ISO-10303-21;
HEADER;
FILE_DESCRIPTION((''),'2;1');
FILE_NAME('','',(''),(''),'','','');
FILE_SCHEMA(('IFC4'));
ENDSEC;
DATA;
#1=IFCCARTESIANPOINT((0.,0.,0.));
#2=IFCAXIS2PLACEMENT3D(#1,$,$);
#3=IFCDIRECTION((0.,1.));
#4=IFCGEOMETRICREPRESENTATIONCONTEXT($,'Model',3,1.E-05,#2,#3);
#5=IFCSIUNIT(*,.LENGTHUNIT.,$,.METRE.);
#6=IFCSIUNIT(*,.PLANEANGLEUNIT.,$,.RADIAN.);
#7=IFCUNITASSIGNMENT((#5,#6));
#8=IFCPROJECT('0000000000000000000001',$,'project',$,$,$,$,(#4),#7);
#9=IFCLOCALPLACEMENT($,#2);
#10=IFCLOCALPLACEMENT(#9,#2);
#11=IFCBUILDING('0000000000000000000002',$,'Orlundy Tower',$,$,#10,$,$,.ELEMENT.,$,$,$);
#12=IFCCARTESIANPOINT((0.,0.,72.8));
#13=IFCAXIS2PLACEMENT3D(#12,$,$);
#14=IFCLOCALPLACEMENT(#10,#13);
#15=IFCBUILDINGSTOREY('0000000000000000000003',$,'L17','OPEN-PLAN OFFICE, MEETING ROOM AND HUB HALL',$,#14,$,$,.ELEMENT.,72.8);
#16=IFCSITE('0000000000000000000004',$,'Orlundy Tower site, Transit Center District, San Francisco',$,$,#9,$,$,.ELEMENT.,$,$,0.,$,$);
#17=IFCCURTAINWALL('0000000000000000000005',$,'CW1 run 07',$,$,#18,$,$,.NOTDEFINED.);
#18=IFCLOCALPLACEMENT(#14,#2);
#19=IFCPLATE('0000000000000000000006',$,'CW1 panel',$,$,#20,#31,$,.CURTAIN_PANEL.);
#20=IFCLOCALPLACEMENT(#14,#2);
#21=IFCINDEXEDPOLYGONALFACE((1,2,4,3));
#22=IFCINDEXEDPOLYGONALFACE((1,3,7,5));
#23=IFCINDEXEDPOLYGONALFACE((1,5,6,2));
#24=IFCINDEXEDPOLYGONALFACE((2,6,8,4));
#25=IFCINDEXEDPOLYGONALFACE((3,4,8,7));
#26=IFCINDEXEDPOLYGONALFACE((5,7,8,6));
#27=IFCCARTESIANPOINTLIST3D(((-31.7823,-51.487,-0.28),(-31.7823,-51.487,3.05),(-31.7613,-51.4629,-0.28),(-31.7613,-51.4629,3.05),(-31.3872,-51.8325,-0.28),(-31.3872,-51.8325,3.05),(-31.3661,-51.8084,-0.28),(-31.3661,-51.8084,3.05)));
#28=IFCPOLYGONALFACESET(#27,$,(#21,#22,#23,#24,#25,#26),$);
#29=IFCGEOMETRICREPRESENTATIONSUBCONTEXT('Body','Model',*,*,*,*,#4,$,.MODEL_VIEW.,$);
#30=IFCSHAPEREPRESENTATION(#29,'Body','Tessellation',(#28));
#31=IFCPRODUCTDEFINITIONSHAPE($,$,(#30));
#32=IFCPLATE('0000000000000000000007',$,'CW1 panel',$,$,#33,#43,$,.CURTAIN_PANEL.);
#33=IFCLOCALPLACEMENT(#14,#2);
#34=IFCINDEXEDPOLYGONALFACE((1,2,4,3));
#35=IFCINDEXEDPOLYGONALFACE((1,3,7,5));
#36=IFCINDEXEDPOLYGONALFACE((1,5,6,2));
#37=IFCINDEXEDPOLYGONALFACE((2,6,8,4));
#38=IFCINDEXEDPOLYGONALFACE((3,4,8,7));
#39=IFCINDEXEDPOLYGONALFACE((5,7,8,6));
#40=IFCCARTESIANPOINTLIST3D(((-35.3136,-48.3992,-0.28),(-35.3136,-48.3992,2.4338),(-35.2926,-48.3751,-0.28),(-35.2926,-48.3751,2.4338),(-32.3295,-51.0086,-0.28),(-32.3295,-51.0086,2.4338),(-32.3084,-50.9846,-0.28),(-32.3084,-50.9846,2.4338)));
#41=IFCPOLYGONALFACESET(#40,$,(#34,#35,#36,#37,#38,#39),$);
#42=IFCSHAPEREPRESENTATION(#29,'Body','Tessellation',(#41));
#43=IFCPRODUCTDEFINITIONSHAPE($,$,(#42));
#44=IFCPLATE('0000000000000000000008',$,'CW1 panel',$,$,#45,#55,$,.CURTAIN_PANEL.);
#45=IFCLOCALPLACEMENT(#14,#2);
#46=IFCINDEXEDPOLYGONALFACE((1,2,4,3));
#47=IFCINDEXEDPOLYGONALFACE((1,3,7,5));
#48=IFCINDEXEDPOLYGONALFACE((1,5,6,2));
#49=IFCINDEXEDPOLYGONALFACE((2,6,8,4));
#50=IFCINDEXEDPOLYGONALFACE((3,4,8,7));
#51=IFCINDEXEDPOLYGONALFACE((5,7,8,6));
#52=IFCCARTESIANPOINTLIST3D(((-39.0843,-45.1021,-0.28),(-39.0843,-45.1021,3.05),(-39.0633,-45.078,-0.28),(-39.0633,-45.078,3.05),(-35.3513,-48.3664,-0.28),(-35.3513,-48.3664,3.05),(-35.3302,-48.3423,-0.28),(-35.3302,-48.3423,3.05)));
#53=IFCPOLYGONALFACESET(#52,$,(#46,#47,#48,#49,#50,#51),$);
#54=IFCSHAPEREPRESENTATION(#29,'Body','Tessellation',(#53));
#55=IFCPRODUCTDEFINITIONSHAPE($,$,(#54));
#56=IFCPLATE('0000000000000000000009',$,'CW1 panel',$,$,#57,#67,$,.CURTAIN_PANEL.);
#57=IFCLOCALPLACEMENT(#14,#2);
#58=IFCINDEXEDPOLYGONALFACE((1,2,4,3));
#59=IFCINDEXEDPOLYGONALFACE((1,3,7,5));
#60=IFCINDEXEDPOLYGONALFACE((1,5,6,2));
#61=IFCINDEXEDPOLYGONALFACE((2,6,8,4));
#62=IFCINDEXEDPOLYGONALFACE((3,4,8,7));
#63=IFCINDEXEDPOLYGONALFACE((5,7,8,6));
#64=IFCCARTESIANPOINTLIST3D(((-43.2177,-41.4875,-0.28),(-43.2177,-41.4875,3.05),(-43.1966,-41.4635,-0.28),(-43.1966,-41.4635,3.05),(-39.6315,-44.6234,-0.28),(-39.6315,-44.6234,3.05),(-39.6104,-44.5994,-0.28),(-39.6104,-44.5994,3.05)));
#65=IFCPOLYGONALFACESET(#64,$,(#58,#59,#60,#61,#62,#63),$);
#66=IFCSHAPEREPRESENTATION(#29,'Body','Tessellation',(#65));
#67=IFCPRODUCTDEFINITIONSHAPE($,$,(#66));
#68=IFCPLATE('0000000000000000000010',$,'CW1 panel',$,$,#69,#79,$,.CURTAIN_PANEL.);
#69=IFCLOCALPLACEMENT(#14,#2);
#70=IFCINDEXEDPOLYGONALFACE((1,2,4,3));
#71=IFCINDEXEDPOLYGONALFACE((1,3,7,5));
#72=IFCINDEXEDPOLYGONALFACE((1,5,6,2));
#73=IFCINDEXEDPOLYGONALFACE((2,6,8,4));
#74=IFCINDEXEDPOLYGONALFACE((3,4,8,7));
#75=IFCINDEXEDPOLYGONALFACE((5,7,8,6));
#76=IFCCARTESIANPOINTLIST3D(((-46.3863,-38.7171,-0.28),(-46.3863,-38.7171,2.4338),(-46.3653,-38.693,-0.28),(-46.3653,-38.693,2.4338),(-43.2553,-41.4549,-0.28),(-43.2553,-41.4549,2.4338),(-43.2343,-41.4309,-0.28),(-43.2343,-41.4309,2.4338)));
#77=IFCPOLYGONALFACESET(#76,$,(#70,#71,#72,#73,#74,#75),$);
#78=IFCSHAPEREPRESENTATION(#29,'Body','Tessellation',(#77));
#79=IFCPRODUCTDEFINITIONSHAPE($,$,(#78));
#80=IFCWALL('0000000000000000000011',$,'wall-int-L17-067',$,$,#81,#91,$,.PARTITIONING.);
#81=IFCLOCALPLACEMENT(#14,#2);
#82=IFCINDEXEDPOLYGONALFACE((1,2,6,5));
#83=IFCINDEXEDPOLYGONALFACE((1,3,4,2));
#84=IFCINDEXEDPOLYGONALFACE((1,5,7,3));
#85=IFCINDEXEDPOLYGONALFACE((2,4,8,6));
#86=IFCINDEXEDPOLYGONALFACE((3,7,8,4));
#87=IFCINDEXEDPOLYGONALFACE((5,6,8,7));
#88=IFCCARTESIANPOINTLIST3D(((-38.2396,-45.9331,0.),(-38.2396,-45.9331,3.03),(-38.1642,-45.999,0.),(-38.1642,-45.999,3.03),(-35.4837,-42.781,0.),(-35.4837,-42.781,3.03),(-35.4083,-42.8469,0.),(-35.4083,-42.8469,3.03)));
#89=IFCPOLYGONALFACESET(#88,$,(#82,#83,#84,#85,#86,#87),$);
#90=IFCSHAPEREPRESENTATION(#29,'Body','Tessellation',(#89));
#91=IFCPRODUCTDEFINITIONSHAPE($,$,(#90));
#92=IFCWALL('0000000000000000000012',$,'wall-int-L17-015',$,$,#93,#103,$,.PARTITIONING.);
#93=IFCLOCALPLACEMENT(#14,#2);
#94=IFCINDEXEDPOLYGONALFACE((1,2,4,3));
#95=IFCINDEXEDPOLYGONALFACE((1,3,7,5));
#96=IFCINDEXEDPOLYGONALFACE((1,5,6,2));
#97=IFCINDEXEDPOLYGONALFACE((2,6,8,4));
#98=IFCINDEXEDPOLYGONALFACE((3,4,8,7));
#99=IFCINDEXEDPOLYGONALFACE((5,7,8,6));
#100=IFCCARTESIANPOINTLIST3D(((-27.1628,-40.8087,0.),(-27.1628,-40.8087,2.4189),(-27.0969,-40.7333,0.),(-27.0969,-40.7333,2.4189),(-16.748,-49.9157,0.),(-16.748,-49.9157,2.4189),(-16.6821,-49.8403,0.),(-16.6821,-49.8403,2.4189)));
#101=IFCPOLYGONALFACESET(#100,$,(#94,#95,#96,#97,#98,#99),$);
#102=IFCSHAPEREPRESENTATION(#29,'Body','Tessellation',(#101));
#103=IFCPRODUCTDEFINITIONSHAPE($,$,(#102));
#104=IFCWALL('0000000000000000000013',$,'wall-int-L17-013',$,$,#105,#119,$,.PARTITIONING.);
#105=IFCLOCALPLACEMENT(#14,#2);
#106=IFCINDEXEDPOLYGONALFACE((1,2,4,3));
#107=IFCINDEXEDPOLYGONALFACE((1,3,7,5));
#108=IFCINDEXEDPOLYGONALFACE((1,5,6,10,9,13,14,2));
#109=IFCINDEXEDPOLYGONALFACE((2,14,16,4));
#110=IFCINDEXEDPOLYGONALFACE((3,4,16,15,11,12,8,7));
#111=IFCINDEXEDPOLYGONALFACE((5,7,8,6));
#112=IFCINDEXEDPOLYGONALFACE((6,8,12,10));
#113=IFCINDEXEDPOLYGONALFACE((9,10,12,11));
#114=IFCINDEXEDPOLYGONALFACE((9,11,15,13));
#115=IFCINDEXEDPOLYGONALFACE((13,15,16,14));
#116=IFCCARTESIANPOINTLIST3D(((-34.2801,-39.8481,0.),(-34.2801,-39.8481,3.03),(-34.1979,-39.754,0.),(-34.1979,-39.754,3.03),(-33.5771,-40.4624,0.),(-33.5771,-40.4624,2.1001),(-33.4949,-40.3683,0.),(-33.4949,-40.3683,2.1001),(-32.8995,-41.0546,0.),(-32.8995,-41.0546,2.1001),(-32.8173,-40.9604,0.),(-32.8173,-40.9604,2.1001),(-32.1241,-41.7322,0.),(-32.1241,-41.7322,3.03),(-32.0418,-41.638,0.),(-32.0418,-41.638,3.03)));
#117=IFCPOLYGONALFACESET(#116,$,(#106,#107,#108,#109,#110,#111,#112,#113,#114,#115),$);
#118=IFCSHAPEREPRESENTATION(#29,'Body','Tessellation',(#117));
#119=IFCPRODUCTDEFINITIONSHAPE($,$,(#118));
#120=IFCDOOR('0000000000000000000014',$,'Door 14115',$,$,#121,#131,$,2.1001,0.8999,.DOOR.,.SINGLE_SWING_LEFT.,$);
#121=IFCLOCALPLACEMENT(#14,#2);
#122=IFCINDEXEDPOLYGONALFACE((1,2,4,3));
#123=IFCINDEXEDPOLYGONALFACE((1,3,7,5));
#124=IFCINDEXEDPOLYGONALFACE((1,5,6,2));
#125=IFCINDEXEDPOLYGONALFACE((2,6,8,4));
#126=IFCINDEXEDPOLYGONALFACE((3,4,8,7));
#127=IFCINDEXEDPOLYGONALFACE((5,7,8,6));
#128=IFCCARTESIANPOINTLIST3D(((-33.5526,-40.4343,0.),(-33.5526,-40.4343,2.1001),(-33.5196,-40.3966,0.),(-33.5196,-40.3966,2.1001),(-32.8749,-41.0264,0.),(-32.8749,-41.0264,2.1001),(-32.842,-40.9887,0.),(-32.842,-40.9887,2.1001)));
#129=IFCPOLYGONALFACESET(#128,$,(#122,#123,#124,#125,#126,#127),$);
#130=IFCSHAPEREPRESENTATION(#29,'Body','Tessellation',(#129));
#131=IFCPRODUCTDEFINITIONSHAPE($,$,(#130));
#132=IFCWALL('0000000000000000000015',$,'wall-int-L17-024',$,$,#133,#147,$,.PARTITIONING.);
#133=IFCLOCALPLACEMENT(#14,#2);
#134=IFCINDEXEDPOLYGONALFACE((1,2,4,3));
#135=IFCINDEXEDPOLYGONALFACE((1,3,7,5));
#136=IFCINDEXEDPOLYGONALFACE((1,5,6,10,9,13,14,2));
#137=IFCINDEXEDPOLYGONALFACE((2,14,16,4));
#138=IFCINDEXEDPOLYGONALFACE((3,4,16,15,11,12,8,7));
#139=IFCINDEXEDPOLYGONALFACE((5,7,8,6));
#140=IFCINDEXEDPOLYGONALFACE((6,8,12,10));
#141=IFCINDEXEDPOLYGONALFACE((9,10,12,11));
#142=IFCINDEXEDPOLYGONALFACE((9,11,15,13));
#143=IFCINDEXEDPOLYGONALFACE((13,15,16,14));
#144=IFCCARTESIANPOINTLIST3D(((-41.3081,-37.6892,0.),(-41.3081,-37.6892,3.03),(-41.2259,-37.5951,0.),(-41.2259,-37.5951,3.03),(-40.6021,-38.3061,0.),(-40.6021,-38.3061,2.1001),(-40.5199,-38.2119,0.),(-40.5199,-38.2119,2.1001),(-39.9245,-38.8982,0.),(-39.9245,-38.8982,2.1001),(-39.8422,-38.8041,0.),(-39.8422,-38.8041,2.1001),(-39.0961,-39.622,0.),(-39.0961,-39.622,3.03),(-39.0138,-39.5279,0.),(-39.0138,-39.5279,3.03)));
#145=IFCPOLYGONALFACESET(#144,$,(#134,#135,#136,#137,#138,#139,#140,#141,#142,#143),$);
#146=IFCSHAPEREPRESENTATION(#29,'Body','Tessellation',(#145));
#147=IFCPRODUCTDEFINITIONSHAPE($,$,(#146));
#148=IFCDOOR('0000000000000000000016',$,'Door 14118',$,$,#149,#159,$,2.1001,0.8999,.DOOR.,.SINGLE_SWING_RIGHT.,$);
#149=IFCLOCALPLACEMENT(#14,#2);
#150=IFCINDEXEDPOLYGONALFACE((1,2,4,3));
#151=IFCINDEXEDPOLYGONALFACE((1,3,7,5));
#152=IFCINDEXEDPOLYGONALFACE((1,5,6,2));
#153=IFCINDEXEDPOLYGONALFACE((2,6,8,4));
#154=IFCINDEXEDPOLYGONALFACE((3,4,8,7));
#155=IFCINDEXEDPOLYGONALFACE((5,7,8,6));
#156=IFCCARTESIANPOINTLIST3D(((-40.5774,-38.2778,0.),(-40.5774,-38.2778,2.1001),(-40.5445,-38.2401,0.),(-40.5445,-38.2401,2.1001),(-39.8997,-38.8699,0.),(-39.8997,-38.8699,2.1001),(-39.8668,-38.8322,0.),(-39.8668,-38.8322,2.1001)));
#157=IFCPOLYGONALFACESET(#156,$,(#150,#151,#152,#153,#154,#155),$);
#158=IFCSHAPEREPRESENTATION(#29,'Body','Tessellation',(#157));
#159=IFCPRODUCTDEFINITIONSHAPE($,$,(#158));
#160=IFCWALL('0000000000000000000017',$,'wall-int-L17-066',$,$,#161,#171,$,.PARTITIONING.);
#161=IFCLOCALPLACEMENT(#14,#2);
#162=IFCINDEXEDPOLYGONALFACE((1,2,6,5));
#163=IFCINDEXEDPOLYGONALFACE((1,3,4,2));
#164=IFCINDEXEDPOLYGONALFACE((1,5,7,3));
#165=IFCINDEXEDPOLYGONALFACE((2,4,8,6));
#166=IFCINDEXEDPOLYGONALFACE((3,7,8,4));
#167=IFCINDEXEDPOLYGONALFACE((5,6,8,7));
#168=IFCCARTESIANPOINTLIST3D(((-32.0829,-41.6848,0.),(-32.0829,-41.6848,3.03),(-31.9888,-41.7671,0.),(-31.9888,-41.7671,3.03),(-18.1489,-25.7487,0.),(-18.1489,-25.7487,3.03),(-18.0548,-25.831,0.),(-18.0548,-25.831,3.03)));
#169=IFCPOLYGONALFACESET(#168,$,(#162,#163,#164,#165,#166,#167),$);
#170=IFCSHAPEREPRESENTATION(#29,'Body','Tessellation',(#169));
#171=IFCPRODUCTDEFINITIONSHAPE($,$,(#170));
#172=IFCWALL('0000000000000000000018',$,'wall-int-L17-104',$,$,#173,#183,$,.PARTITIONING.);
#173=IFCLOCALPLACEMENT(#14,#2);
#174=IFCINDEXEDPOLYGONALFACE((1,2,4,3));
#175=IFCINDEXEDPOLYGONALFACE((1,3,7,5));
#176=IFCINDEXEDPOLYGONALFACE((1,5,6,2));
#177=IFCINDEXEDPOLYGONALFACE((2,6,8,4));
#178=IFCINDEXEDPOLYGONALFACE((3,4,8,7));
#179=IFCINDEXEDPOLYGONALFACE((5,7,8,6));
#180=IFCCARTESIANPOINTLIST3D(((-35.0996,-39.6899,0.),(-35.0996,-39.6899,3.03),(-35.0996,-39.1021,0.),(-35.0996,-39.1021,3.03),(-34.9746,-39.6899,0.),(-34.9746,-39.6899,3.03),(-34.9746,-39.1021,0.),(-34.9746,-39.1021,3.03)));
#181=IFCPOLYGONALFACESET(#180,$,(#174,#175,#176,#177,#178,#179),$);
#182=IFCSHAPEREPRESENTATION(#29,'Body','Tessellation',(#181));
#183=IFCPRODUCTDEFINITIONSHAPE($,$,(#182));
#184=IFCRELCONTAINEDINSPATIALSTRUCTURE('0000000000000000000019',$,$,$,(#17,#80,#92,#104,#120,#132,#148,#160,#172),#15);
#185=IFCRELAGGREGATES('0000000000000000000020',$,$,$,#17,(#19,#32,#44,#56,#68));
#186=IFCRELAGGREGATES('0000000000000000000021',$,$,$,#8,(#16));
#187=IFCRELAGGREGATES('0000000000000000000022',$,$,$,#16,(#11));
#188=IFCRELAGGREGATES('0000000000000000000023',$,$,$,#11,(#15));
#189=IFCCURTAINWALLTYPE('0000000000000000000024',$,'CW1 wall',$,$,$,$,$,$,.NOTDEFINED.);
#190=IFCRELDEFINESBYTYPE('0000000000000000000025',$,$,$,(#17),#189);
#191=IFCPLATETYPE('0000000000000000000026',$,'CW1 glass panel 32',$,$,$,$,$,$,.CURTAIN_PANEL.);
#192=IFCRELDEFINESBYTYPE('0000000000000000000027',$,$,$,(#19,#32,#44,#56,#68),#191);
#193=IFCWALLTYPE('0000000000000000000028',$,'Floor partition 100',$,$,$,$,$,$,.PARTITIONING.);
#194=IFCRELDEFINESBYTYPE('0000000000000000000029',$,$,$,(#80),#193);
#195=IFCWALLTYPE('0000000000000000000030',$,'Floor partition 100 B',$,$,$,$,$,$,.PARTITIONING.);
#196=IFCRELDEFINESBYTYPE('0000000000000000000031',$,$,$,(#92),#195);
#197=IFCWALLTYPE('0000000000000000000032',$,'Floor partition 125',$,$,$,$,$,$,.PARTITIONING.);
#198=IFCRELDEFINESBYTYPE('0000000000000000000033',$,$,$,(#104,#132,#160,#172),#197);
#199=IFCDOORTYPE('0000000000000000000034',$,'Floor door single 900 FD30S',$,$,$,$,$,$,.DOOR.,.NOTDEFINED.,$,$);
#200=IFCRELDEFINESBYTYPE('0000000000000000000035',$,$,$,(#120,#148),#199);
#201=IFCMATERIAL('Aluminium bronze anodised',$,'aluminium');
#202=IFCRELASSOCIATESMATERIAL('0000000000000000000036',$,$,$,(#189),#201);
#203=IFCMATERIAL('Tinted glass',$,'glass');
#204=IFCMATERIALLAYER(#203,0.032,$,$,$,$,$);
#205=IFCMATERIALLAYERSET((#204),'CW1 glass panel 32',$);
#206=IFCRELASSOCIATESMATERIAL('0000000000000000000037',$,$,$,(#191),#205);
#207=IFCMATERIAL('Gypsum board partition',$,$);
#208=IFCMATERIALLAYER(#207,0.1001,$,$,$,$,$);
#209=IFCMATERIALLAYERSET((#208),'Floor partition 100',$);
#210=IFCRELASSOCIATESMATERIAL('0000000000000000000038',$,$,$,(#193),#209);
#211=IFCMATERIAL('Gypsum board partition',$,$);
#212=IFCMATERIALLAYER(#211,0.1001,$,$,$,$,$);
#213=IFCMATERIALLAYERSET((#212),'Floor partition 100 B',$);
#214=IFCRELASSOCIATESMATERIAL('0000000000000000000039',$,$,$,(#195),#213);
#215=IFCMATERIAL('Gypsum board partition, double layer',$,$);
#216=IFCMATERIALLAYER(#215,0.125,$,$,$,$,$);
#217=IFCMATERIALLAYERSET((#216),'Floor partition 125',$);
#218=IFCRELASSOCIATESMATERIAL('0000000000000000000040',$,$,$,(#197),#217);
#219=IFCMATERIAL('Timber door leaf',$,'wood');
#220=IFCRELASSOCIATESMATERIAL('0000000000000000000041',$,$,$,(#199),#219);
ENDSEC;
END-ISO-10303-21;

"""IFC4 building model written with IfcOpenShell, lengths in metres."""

from ifc_helpers import new_model, si_unit, direction, frame, frame_2d, origin, origin_2d, place, context, subcontext, project, spatial, rectangle, extrude, material, layer, layer_set, type_object, element, fill, aggregate, save


model = new_model("IFC4")

# Units and contexts
model_context = context("Model", 3, precision=1e-05, world=origin(), true_north=direction((0.0, 1.0)))
body_context = subcontext(model_context, "Body", "Model", "MODEL_VIEW")
ifc_project = project(units=[si_unit("LENGTHUNIT", "METRE"), si_unit("PLANEANGLEUNIT", "RADIAN")], contexts=[model_context])

# Site, building, storey
site_placement = place(None, origin())
site = spatial("IfcSite", under=ifc_project, at=site_placement, Name="Orlundy Tower site, Transit Center District, San Francisco", CompositionType="ELEMENT", RefElevation=0.0)
building_placement = place(site_placement, origin())
building = spatial("IfcBuilding", under=site, at=building_placement, Name="Orlundy Tower", CompositionType="ELEMENT")
storey_placement = place(building_placement, frame((0.0, 0.0, 72.8)))
storey = spatial("IfcBuildingStorey", under=building, at=storey_placement, Name="L17", Description="OPEN-PLAN OFFICE, MEETING ROOM AND HUB HALL", CompositionType="ELEMENT", Elevation=72.8)

# Shared definitions
ifc_material_1 = material(Name="Aluminium bronze anodised", Category="aluminium")
curtain_wall_type = type_object("IfcCurtainWallType", Name="CW1 wall", PredefinedType="NOTDEFINED", material=ifc_material_1)

# Curtain wall
curtain_wall_1_placement = place(storey_placement, origin())
curtain_wall_1 = element("IfcCurtainWall", 1, at=curtain_wall_1_placement, inside=storey, type_object=curtain_wall_type, Name="CW1 run 07", PredefinedType="NOTDEFINED")

# Plates
ifc_material_2 = material(Name="Tinted glass", Category="glass")
ifc_layer_1 = layer(ifc_material_2, 0.032)
ifc_layer_set_1 = layer_set([ifc_layer_1], Name="CW1 glass panel 32")
plate_type = type_object("IfcPlateType", Name="CW1 glass panel 32", PredefinedType="CURTAIN_PANEL", material=ifc_layer_set_1)
plate_1_placement = place(storey_placement, frame((-31.5742, -51.6477, -0.28), z_axis=(0.0, 0.0, 1.0), x_axis=(-0.752789, 0.658262, 0.0)))
plate_1 = element("IfcPlate", 2, at=plate_1_placement, type_object=plate_type, Name="CW1 panel", PredefinedType="CURTAIN_PANEL", context=body_context, shape_type="SweptSolid", body=[
    extrude(rectangle(XDim=0.5249, YDim=0.032, at=origin_2d()), origin(), (0.0, 0.0, 1.0), 3.3301),
])
plate_2_placement = place(storey_placement, frame((-33.811, -49.6919, -0.28), z_axis=(0.0, 0.0, 1.0), x_axis=(-0.752789, 0.658262, 0.0)))
plate_2 = element("IfcPlate", 3, at=plate_2_placement, type_object=plate_type, Name="CW1 panel", PredefinedType="CURTAIN_PANEL", context=body_context, shape_type="SweptSolid", body=[
    extrude(rectangle(XDim=3.9641, YDim=0.032, at=origin_2d()), origin(), (0.0, 0.0, 1.0), 2.7139),
])
plate_3_placement = place(storey_placement, frame((-37.2073, -46.7222, -0.28), z_axis=(0.0, 0.0, 1.0), x_axis=(-0.752789, 0.658262, 0.0)))
plate_3 = element("IfcPlate", 4, at=plate_3_placement, type_object=plate_type, Name="CW1 panel", PredefinedType="CURTAIN_PANEL", context=body_context, shape_type="SweptSolid", body=[
    extrude(rectangle(XDim=4.959, YDim=0.032, at=origin_2d()), origin(), (0.0, 0.0, 1.0), 3.3301),
])
plate_4_placement = place(storey_placement, frame((-41.4141, -43.0435, -0.28), z_axis=(0.0, 0.0, 1.0), x_axis=(-0.752789, 0.658262, 0.0)))
plate_4 = element("IfcPlate", 5, at=plate_4_placement, type_object=plate_type, Name="CW1 panel", PredefinedType="CURTAIN_PANEL", context=body_context, shape_type="SweptSolid", body=[
    extrude(rectangle(XDim=4.7639, YDim=0.032, at=origin_2d()), origin(), (0.0, 0.0, 1.0), 3.3301),
])
plate_5_placement = place(storey_placement, frame((-44.8103, -40.074, -0.28), z_axis=(0.0, 0.0, 1.0), x_axis=(-0.752789, 0.658262, 0.0)))
plate_5 = element("IfcPlate", 6, at=plate_5_placement, type_object=plate_type, Name="CW1 panel", PredefinedType="CURTAIN_PANEL", context=body_context, shape_type="SweptSolid", body=[
    extrude(rectangle(XDim=4.1592, YDim=0.032, at=origin_2d()), origin(), (0.0, 0.0, 1.0), 2.7139),
])
aggregate(curtain_wall_1, [plate_1, plate_2, plate_3, plate_4, plate_5])

# Walls
ifc_material_3 = material(Name="Gypsum board partition")
ifc_layer_2 = layer(ifc_material_3, 0.1001)
ifc_layer_set_2 = layer_set([ifc_layer_2], Name="Floor partition 100")
wall_type_1 = type_object("IfcWallType", Name="Floor partition 100", PredefinedType="PARTITIONING", material=ifc_layer_set_2)
wall_1_placement = place(storey_placement, frame((-38.2019, -45.9661, 0.0), z_axis=(0.0, 0.0, 1.0), x_axis=(0.658203, 0.75284, 0.0)))
element("IfcWall", 7, at=wall_1_placement, inside=storey, type_object=wall_type_1, Name="wall-int-L17-067", PredefinedType="PARTITIONING", context=body_context, shape_type="SweptSolid", body=[
    extrude(rectangle(XDim=4.187, YDim=0.1001, at=frame_2d((2.0935, 0.0))), origin(), (0.0, 0.0, 1.0), 3.03),
])
ifc_material_4 = material(Name="Gypsum board partition")
ifc_layer_3 = layer(ifc_material_4, 0.1001)
ifc_layer_set_3 = layer_set([ifc_layer_3], Name="Floor partition 100 B")
wall_type_2 = type_object("IfcWallType", Name="Floor partition 100 B", PredefinedType="PARTITIONING", material=ifc_layer_set_3)
wall_2_placement = place(storey_placement, frame((-27.1299, -40.771, 0.0), z_axis=(0.0, 0.0, 1.0), x_axis=(0.752792, -0.658258, 0.0)))
element("IfcWall", 8, at=wall_2_placement, inside=storey, type_object=wall_type_2, Name="wall-int-L17-015", PredefinedType="PARTITIONING", context=body_context, shape_type="SweptSolid", body=[
    extrude(rectangle(XDim=13.835, YDim=0.1001, at=frame_2d((6.9175, 0.0))), origin(), (0.0, 0.0, 1.0), 2.4189),
])

# Walls, openings, doors
ifc_material_5 = material(Name="Gypsum board partition, double layer")
ifc_layer_4 = layer(ifc_material_5, 0.125)
ifc_layer_set_4 = layer_set([ifc_layer_4], Name="Floor partition 125")
wall_type_3 = type_object("IfcWallType", Name="Floor partition 125", PredefinedType="PARTITIONING", material=ifc_layer_set_4)
wall_3_placement = place(storey_placement, frame((-34.239, -39.801, 0.0), z_axis=(0.0, 0.0, 1.0), x_axis=(0.753004, -0.658015, 0.0)))
wall_3 = element("IfcWall", 9, at=wall_3_placement, inside=storey, type_object=wall_type_3, Name="wall-int-L17-013", PredefinedType="PARTITIONING", context=body_context, shape_type="SweptSolid", body=[
    extrude(rectangle(XDim=2.8633, YDim=0.125, at=frame_2d((1.4316, 0.0))), origin(), (0.0, 0.0, 1.0), 3.03),
])
opening_1_placement = place(wall_3_placement, frame((0.9336, 0.0, 0.0)))
opening_1 = element("IfcOpeningElement", 10, at=opening_1_placement, cuts=wall_3, PredefinedType="OPENING", context=body_context, shape_type="SweptSolid", body=[
    extrude(rectangle(XDim=0.8999, YDim=2.1001, at=frame_2d((0.45, 1.05))), frame((0.0, 0.0725, 0.0), z_axis=(0.0, -1.0, 0.0), x_axis=(1.0, 0.0, 0.0)), (0.0, 0.0, 1.0), 0.145),
])
ifc_material_6 = material(Name="Timber door leaf", Category="wood")
door_type = type_object("IfcDoorType", Name="Floor door single 900 FD30S", OperationType="NOTDEFINED", PredefinedType="DOOR", material=ifc_material_6)
door_1_placement = place(opening_1_placement, origin())
door_1 = element("IfcDoor", 11, at=door_1_placement, inside=storey, type_object=door_type, Name="Door 14115", OperationType="SINGLE_SWING_LEFT", OverallHeight=2.1001, OverallWidth=0.8999, PredefinedType="DOOR", context=body_context, shape_type="SweptSolid", body=[
    extrude(rectangle(XDim=0.8999, YDim=2.1001, at=frame_2d((0.45, 1.05))), frame((0.0, 0.0249, 0.0), z_axis=(0.0, -1.0, 0.0), x_axis=(1.0, 0.0, 0.0)), (0.0, 0.0, 1.0), 0.05),
])
fill(opening_1, door_1)
wall_4_placement = place(storey_placement, frame((-39.0549, -39.575, 0.0), z_axis=(0.0, 0.0, 1.0), x_axis=(-0.753045, 0.657969, 0.0)))
wall_4 = element("IfcWall", 12, at=wall_4_placement, inside=storey, type_object=wall_type_3, Name="wall-int-L17-024", PredefinedType="PARTITIONING", context=body_context, shape_type="SweptSolid", body=[
    extrude(rectangle(XDim=2.9375, YDim=0.125, at=frame_2d((1.4688, 0.0))), origin(), (0.0, 0.0, 1.0), 3.03),
])
opening_2_placement = place(wall_4_placement, frame((1.1001, 0.0, 0.0)))
opening_2 = element("IfcOpeningElement", 13, at=opening_2_placement, cuts=wall_4, PredefinedType="OPENING", context=body_context, shape_type="SweptSolid", body=[
    extrude(rectangle(XDim=0.8999, YDim=2.1001, at=frame_2d((0.45, 1.05))), frame((0.0, 0.0725, 0.0), z_axis=(0.0, -1.0, 0.0), x_axis=(1.0, 0.0, 0.0)), (0.0, 0.0, 1.0), 0.145),
])
door_2_placement = place(opening_2_placement, origin())
door_2 = element("IfcDoor", 14, at=door_2_placement, inside=storey, type_object=door_type, Name="Door 14118", OperationType="SINGLE_SWING_RIGHT", OverallHeight=2.1001, OverallWidth=0.8999, PredefinedType="DOOR", context=body_context, shape_type="SweptSolid", body=[
    extrude(rectangle(XDim=0.8999, YDim=2.1001, at=frame_2d((0.45, 1.05))), frame((0.0, 0.0249, 0.0), z_axis=(0.0, -1.0, 0.0), x_axis=(1.0, 0.0, 0.0)), (0.0, 0.0, 1.0), 0.05),
])
fill(opening_2, door_2)

# Walls
wall_5_placement = place(storey_placement, frame((-32.0359, -41.7261, 0.0), z_axis=(0.0, 0.0, 1.0), x_axis=(0.658232, 0.752815, 0.0)))
element("IfcWall", 15, at=wall_5_placement, inside=storey, type_object=wall_type_3, Name="wall-int-L17-066", PredefinedType="PARTITIONING", context=body_context, shape_type="SweptSolid", body=[
    extrude(rectangle(XDim=21.1687, YDim=0.125, at=frame_2d((10.5845, 0.0))), origin(), (0.0, 0.0, 1.0), 3.03),
])
wall_6_placement = place(storey_placement, frame((-35.0371, -39.6899, 0.0), z_axis=(0.0, 0.0, 1.0), x_axis=(0.0, 1.0, 0.0)))
element("IfcWall", 16, at=wall_6_placement, inside=storey, type_object=wall_type_3, Name="wall-int-L17-104", PredefinedType="PARTITIONING", context=body_context, shape_type="SweptSolid", body=[
    extrude(rectangle(XDim=0.5879, YDim=0.125, at=frame_2d((0.2939, 0.0))), origin(), (0.0, 0.0, 1.0), 3.03),
])

save(model, "model.ifc")
